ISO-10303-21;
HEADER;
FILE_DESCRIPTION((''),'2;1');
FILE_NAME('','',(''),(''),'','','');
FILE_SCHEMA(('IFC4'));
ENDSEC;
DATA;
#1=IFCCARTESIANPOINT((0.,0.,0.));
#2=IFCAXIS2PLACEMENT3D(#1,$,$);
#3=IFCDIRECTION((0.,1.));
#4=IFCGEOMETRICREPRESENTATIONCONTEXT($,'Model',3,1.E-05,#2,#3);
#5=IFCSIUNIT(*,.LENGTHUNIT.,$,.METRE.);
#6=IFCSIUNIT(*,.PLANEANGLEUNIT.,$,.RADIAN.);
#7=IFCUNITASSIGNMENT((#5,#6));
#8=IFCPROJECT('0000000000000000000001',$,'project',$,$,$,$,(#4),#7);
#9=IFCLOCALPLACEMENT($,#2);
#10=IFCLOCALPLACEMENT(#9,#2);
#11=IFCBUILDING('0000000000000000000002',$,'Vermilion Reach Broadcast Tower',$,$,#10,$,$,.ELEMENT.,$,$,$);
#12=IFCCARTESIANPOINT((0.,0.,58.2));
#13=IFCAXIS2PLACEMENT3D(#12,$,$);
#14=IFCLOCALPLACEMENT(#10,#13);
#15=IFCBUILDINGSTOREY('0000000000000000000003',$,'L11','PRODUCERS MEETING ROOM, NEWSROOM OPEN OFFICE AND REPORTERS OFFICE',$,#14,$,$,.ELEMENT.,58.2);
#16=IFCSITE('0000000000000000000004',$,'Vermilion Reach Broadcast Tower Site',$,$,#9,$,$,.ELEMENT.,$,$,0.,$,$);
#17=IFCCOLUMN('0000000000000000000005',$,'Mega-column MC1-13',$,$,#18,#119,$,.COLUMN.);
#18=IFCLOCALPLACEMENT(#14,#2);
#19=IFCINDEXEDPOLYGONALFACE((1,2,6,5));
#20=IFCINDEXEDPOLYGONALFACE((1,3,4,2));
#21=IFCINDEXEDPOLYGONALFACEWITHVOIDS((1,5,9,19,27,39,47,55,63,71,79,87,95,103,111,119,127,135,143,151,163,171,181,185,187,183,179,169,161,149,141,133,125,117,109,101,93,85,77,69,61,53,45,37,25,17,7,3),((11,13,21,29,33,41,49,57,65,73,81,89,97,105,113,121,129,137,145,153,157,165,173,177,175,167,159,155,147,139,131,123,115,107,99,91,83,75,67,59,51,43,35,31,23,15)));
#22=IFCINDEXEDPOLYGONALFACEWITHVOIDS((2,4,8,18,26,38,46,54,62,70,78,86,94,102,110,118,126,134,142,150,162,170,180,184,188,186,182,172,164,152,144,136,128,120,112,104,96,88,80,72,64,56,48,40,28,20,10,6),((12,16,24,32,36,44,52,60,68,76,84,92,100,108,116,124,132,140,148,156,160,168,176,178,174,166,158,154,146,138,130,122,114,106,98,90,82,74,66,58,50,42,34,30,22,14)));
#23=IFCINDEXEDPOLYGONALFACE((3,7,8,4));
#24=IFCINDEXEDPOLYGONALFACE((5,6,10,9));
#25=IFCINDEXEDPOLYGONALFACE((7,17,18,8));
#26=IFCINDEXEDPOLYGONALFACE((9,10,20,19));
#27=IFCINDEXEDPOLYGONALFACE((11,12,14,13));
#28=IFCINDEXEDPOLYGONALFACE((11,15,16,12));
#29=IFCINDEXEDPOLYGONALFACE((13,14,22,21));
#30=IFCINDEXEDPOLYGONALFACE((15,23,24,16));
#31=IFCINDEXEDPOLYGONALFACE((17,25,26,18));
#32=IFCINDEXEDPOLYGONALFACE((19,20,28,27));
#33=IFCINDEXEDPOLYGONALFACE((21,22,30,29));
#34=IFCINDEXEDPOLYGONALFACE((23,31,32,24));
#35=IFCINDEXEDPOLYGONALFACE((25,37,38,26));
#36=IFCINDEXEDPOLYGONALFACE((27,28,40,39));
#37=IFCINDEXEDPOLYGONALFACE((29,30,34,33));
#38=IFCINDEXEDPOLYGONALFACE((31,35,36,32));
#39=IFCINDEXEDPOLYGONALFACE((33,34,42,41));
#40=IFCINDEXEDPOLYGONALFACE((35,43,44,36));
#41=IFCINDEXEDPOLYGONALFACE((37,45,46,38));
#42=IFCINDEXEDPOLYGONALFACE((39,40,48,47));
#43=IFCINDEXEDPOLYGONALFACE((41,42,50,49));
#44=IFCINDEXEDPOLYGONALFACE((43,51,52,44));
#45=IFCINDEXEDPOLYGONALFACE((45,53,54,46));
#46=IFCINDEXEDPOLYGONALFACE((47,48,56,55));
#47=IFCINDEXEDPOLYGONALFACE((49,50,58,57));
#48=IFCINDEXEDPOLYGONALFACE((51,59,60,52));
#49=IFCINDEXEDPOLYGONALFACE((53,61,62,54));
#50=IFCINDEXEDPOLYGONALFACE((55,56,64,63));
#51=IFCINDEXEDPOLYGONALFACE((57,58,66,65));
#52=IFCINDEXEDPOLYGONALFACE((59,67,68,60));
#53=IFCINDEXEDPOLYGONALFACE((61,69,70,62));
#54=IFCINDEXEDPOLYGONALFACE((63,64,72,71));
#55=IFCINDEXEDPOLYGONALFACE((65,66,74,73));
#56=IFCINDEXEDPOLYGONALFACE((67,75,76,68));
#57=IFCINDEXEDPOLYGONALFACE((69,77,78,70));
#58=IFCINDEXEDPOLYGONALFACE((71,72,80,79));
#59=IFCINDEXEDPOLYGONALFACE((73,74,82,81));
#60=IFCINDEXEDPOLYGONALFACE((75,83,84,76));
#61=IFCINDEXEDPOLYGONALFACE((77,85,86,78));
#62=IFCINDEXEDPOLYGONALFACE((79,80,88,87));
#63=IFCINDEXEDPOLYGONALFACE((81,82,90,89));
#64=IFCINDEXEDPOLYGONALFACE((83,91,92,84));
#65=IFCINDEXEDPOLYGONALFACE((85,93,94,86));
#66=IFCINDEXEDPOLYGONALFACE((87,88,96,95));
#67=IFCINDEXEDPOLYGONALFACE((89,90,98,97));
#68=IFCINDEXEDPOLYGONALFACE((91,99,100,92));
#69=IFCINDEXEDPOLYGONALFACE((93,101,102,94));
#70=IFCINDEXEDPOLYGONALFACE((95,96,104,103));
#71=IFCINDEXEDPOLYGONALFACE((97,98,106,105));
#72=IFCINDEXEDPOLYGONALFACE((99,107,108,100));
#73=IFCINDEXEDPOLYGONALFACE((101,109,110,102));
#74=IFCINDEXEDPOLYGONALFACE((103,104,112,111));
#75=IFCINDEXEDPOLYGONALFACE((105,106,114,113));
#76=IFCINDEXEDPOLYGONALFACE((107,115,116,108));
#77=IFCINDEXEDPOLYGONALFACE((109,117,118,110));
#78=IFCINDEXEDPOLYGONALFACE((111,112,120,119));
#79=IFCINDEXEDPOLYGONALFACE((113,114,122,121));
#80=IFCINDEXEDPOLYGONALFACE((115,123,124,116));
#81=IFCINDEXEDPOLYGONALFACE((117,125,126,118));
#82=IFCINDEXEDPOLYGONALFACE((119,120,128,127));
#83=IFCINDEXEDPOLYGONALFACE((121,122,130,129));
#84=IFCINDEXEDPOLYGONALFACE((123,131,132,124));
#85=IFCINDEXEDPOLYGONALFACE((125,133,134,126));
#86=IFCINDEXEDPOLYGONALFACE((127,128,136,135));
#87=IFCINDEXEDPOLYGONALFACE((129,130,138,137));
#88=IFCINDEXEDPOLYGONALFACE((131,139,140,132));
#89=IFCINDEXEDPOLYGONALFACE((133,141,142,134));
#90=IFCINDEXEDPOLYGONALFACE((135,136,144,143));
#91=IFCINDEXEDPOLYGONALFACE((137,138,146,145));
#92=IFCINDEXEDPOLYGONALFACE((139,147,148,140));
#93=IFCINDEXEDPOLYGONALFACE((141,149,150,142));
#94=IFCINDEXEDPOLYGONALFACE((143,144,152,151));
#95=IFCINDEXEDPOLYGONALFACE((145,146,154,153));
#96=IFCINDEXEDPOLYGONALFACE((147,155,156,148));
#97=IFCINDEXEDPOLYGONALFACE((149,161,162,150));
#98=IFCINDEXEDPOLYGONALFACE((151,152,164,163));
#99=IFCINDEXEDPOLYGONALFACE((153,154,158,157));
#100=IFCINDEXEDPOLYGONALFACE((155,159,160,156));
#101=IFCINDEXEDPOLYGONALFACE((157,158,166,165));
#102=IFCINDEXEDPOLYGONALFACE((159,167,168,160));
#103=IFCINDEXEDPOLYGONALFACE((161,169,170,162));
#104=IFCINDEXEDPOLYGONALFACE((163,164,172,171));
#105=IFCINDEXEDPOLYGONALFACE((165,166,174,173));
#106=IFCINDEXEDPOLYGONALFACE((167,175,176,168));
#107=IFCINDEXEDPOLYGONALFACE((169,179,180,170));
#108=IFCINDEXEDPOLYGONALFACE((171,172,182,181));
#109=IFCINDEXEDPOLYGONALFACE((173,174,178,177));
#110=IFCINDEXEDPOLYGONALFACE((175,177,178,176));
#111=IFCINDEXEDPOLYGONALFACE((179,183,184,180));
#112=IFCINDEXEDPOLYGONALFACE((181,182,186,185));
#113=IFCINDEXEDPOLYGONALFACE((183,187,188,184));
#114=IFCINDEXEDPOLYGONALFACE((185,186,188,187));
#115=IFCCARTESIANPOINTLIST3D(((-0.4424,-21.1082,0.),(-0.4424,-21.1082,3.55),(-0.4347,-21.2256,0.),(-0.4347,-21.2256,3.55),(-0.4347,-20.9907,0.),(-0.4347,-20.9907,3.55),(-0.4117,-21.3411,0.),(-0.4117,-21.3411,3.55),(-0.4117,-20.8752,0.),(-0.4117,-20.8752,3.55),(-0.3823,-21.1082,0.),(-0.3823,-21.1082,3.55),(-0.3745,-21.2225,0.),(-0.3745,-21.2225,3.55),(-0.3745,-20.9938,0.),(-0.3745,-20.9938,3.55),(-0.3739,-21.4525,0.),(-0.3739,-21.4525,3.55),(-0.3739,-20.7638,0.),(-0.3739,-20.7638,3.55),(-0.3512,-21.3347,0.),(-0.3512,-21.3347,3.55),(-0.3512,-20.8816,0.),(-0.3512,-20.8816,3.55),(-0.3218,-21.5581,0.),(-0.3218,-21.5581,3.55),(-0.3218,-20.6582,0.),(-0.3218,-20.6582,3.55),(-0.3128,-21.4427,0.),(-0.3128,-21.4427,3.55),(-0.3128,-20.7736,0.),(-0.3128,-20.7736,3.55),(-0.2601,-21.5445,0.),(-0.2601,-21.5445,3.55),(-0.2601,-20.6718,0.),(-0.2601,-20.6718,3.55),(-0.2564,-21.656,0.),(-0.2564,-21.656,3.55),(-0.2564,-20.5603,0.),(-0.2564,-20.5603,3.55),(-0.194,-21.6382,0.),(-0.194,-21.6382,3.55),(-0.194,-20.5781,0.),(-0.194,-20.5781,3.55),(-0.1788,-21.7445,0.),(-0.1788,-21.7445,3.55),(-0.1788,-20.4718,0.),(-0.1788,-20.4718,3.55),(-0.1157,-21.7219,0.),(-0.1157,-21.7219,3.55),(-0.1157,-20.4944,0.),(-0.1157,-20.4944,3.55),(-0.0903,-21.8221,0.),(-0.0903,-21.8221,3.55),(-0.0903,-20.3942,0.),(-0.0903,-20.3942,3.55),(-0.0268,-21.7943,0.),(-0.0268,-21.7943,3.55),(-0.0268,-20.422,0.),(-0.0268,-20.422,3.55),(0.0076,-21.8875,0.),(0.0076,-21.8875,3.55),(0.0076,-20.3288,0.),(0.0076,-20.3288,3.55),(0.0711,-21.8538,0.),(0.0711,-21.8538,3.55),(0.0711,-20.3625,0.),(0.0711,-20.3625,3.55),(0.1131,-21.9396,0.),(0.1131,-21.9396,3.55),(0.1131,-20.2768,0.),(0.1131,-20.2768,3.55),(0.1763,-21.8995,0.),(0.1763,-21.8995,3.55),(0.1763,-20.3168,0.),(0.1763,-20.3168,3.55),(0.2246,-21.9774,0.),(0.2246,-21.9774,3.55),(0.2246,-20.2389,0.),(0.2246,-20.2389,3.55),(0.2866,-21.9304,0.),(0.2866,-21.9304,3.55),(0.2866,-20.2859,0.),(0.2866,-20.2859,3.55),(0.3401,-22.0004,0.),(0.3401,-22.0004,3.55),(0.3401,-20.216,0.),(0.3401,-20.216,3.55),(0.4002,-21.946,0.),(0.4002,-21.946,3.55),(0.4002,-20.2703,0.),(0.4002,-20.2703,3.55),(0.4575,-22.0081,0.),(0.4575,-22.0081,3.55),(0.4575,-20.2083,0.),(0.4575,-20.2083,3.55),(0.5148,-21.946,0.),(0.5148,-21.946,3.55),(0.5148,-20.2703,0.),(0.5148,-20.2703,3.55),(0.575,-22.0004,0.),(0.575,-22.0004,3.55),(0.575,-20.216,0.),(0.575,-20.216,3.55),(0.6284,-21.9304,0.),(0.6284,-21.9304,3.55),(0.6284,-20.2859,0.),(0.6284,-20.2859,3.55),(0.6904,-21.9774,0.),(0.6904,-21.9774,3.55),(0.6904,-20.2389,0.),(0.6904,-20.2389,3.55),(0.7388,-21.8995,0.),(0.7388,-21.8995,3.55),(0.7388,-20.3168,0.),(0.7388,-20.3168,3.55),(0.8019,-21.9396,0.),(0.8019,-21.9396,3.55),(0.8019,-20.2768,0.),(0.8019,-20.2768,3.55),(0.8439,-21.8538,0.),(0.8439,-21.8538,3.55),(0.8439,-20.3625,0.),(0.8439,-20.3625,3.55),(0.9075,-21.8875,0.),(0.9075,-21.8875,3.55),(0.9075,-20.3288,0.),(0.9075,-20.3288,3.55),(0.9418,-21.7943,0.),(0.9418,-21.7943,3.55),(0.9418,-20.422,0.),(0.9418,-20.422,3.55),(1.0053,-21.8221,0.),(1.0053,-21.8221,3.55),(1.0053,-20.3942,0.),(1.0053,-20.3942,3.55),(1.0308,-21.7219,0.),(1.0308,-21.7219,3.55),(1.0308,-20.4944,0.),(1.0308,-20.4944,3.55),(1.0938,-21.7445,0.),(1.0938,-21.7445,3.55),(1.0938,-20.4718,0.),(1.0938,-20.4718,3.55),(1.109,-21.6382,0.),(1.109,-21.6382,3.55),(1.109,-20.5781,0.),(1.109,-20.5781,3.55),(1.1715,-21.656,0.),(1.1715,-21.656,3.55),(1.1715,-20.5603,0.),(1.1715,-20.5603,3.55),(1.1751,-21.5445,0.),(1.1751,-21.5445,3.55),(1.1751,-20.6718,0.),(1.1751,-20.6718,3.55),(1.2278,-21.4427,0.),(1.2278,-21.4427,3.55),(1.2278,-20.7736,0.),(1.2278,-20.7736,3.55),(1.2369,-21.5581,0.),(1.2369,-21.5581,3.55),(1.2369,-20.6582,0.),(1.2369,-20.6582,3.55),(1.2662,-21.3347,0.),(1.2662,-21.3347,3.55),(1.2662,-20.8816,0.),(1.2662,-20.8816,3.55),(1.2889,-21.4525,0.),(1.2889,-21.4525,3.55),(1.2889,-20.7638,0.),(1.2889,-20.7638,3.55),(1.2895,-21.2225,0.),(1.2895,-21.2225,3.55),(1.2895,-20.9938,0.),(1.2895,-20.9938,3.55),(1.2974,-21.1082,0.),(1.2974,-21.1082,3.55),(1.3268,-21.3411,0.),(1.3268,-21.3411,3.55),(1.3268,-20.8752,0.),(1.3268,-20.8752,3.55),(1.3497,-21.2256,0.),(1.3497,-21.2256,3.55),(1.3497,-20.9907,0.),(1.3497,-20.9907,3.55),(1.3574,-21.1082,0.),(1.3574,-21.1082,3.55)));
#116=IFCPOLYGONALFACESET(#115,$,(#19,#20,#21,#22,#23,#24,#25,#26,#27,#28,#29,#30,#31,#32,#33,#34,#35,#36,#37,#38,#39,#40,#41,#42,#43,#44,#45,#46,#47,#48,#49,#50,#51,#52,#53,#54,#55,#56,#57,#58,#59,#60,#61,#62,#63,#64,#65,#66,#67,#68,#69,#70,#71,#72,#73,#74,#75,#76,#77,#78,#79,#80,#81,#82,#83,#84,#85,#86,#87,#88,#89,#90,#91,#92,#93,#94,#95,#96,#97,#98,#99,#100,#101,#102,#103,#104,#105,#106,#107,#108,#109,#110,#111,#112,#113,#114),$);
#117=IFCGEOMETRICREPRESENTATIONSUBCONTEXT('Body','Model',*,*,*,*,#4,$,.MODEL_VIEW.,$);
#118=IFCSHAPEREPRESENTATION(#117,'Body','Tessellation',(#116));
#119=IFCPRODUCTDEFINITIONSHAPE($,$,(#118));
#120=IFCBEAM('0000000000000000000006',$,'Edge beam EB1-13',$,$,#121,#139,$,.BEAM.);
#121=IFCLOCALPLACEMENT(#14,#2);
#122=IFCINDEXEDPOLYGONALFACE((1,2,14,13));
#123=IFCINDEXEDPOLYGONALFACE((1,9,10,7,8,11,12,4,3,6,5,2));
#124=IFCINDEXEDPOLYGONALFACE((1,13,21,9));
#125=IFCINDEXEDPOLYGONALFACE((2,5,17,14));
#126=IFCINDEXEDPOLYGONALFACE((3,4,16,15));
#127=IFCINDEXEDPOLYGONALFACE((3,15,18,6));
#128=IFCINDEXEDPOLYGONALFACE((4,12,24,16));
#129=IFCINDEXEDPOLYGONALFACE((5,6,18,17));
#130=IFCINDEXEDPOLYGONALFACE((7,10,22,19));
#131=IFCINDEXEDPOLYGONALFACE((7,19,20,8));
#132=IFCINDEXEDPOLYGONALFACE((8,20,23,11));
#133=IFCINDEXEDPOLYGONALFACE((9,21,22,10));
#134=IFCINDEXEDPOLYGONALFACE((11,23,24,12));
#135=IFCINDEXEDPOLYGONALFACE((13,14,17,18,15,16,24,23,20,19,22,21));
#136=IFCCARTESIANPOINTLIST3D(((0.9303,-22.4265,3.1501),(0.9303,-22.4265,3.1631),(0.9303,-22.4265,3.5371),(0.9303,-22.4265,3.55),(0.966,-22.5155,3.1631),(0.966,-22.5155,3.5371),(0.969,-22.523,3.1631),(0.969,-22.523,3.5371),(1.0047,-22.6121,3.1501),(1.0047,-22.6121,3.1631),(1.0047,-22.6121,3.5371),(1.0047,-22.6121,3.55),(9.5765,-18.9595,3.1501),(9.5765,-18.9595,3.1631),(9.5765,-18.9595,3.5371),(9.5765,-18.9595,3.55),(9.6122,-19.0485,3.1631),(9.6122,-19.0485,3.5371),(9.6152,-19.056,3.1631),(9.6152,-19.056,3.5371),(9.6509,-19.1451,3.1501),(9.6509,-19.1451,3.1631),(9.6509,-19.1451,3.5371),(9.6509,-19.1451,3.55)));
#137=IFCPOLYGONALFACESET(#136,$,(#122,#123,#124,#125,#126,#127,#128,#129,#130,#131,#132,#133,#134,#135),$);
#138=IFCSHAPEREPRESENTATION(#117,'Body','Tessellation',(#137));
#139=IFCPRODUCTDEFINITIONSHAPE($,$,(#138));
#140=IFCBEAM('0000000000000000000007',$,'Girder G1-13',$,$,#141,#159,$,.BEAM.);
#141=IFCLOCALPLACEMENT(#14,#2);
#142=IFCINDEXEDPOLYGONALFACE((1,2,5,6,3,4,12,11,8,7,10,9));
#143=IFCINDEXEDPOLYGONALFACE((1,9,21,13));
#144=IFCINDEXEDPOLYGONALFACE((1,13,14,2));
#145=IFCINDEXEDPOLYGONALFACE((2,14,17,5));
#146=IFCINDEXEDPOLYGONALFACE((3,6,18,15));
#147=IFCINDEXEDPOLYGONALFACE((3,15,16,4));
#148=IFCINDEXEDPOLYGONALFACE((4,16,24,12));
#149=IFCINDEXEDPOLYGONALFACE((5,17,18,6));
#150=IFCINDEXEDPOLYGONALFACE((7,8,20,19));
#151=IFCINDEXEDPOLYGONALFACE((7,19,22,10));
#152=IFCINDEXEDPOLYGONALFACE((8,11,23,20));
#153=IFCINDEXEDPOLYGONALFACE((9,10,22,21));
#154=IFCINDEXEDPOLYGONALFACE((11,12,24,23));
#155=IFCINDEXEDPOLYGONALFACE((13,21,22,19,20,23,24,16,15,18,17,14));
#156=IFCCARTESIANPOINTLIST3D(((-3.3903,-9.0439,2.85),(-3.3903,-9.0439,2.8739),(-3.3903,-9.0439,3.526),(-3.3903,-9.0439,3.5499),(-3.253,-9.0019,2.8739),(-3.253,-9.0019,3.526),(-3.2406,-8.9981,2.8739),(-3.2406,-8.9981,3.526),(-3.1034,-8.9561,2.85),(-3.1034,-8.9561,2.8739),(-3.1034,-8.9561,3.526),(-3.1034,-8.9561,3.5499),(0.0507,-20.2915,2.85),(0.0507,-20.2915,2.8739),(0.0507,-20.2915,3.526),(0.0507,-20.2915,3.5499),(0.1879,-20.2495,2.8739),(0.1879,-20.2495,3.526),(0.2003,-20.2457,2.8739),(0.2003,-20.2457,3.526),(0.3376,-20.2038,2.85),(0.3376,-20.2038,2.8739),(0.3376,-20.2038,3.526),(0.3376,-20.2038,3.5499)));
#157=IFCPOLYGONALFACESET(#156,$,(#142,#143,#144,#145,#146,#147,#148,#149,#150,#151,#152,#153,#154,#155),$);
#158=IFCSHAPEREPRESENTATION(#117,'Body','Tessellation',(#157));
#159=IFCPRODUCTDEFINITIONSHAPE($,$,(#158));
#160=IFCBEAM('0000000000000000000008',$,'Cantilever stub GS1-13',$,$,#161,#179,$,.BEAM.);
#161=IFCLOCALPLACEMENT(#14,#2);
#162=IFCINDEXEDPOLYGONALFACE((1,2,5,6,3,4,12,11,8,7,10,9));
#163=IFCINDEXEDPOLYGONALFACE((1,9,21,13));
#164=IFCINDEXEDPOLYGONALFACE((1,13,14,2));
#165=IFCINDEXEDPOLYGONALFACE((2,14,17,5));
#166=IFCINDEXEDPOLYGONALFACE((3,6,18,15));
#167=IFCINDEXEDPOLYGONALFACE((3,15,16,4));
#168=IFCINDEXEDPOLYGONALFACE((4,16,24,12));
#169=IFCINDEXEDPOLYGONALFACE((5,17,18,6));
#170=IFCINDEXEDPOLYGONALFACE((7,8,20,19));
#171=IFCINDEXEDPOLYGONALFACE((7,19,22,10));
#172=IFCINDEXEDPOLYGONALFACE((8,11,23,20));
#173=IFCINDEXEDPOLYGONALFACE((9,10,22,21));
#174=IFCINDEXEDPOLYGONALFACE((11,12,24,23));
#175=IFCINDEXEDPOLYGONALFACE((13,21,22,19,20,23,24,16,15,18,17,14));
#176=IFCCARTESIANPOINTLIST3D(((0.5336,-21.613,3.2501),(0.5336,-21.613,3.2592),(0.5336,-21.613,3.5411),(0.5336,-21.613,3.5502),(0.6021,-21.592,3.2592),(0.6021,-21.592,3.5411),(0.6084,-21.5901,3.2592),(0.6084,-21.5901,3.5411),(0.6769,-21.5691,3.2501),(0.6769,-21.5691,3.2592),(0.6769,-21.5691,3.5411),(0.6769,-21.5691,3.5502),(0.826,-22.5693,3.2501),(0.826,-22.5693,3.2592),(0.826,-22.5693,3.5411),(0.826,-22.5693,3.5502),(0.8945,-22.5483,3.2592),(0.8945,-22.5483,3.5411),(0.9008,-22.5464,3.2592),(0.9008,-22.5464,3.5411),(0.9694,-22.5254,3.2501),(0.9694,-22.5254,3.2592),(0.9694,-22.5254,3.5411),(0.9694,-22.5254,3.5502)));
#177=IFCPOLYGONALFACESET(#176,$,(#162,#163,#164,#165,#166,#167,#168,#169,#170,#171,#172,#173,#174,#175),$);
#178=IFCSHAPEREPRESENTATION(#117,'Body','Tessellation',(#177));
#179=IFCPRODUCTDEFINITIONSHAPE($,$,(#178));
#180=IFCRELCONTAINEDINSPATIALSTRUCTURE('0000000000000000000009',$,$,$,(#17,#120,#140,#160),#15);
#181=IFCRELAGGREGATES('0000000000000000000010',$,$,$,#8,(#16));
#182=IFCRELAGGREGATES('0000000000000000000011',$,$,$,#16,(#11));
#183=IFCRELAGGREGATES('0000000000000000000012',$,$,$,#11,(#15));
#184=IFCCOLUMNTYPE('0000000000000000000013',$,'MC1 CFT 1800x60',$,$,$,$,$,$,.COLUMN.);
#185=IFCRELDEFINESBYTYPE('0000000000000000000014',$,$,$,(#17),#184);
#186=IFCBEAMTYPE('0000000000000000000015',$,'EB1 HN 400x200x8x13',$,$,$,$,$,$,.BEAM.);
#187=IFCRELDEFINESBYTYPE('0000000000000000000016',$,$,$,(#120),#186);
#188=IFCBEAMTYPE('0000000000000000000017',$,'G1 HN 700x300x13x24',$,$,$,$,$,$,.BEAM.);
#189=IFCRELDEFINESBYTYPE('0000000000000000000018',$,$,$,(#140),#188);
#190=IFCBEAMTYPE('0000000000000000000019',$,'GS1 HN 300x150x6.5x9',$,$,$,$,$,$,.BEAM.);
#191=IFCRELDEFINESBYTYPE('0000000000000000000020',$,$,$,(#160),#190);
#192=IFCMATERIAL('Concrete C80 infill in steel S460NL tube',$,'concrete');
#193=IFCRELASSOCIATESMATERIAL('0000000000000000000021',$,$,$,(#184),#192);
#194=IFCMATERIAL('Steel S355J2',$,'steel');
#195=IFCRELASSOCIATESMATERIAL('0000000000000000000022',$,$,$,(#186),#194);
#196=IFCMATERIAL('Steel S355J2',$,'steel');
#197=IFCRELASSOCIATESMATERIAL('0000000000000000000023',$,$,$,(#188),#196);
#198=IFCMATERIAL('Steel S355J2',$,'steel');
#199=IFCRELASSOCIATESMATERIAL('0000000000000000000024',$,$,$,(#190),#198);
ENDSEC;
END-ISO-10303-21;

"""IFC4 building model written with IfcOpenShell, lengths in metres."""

from ifc_helpers import new_model, si_unit, direction, frame, origin, origin_2d, place, context, subcontext, project, spatial, hollow_circle, i_section, extrude, material, material_profile, profile_set, type_object, element, save


model = new_model("IFC4")

# Units and contexts
model_context = context("Model", 3, precision=1e-05, world=origin(), true_north=direction((0.0, 1.0)))
body_context = subcontext(model_context, "Body", "Model", "MODEL_VIEW")
ifc_project = project(units=[si_unit("LENGTHUNIT", "METRE"), si_unit("PLANEANGLEUNIT", "RADIAN")], contexts=[model_context])

# Site, building, storey
site_placement = place(None, origin())
site = spatial("IfcSite", under=ifc_project, at=site_placement, Name="Vermilion Reach Broadcast Tower Site", CompositionType="ELEMENT", RefElevation=0.0)
building_placement = place(site_placement, origin())
building = spatial("IfcBuilding", under=site, at=building_placement, Name="Vermilion Reach Broadcast Tower", CompositionType="ELEMENT")
storey_placement = place(building_placement, frame((0.0, 0.0, 58.2)))
storey = spatial("IfcBuildingStorey", under=building, at=storey_placement, Name="L11", Description="PRODUCERS MEETING ROOM, NEWSROOM OPEN OFFICE AND REPORTERS OFFICE", CompositionType="ELEMENT", Elevation=58.2)

# Column
ifc_material_1 = material(Name="Concrete C80 infill in steel S460NL tube", Category="concrete")
ifc_material_profile_1 = material_profile(ifc_material_1, hollow_circle(Radius=0.8999, WallThickness=0.0601, at=origin_2d()), Name="Concrete C80 infill in steel S460NL tube CFT 1800x60")
ifc_profile_set_1 = profile_set([ifc_material_profile_1], Name="Concrete C80 infill in steel S460NL tube")
column_type = type_object("IfcColumnType", Name="MC1 CFT 1800x60", PredefinedType="COLUMN", material=ifc_profile_set_1)
column_placement = place(storey_placement, frame((0.4575, -21.1082, 0.0), z_axis=(0.0, 0.0, 1.0), x_axis=(1.0, 0.0, 0.0)))
element("IfcColumn", 1, at=column_placement, inside=storey, type_object=column_type, Name="Mega-column MC1-13", PredefinedType="COLUMN", context=body_context, shape_type="SweptSolid", body=[
    extrude(hollow_circle(Radius=0.8999, WallThickness=0.0601, at=origin_2d()), origin(), (0.0, 0.0, 1.0), 3.55),
])

# Beams
ifc_material_2 = material(Name="Steel S355J2", Category="steel")
ifc_material_profile_2 = material_profile(ifc_material_2, i_section(OverallWidth=0.2, OverallDepth=0.3999, WebThickness=0.0081, FlangeThickness=0.0129, at=origin_2d()), Name="S355J2 HN 400x200x8x13")
ifc_profile_set_2 = profile_set([ifc_material_profile_2], Name="Steel S355J2")
beam_type_1 = type_object("IfcBeamType", Name="EB1 HN 400x200x8x13", PredefinedType="BEAM", material=ifc_profile_set_2)
beam_1_placement = place(storey_placement, frame((0.9675, -22.5193, 3.3501), z_axis=(0.92816, 0.372181, 0.0), x_axis=(-0.372181, 0.92816, 0.0)))
element("IfcBeam", 2, at=beam_1_placement, inside=storey, type_object=beam_type_1, Name="Edge beam EB1-13", PredefinedType="BEAM", context=body_context, shape_type="SweptSolid", body=[
    extrude(i_section(OverallWidth=0.2, OverallDepth=0.3999, WebThickness=0.0081, FlangeThickness=0.0129, at=origin_2d()), origin(), (0.0, 0.0, 1.0), 9.3154),
])
ifc_material_3 = material(Name="Steel S355J2", Category="steel")
ifc_material_profile_3 = material_profile(ifc_material_3, i_section(OverallWidth=0.3, OverallDepth=0.7, WebThickness=0.0129, FlangeThickness=0.0239, at=origin_2d()), Name="S355J2 HN 700x300x13x24")
ifc_profile_set_3 = profile_set([ifc_material_profile_3], Name="Steel S355J2")
beam_type_2 = type_object("IfcBeamType", Name="G1 HN 700x300x13x24", PredefinedType="BEAM", material=ifc_profile_set_3)
beam_2_placement = place(storey_placement, frame((-3.2468, -9.0, 3.2), z_axis=(0.292542, -0.956253, 0.0), x_axis=(0.956253, 0.292542, 0.0)))
element("IfcBeam", 3, at=beam_2_placement, inside=storey, type_object=beam_type_2, Name="Girder G1-13", PredefinedType="BEAM", context=body_context, shape_type="SweptSolid", body=[
    extrude(i_section(OverallWidth=0.3, OverallDepth=0.7, WebThickness=0.0129, FlangeThickness=0.0239, at=origin_2d()), origin(), (0.0, 0.0, 1.0), 11.7622),
])
ifc_material_4 = material(Name="Steel S355J2", Category="steel")
ifc_material_profile_4 = material_profile(ifc_material_4, i_section(OverallWidth=0.1499, OverallDepth=0.3, WebThickness=0.0066, FlangeThickness=0.009, at=origin_2d()), Name="S355J2 HN 300x150x6.5x9")
ifc_profile_set_4 = profile_set([ifc_material_profile_4], Name="Steel S355J2")
beam_type_3 = type_object("IfcBeamType", Name="GS1 HN 300x150x6.5x9", PredefinedType="BEAM", material=ifc_profile_set_4)
beam_3_placement = place(storey_placement, frame((0.6052, -21.5911, 3.4001), z_axis=(0.292473, -0.956274, 0.0), x_axis=(0.956274, 0.292473, 0.0)))
element("IfcBeam", 4, at=beam_3_placement, inside=storey, type_object=beam_type_3, Name="Cantilever stub GS1-13", PredefinedType="BEAM", context=body_context, shape_type="SweptSolid", body=[
    extrude(i_section(OverallWidth=0.1499, OverallDepth=0.3, WebThickness=0.0066, FlangeThickness=0.009, at=origin_2d()), origin(), (0.0, 0.0, 1.0), 1.0),
])

save(model, "model.ifc")
